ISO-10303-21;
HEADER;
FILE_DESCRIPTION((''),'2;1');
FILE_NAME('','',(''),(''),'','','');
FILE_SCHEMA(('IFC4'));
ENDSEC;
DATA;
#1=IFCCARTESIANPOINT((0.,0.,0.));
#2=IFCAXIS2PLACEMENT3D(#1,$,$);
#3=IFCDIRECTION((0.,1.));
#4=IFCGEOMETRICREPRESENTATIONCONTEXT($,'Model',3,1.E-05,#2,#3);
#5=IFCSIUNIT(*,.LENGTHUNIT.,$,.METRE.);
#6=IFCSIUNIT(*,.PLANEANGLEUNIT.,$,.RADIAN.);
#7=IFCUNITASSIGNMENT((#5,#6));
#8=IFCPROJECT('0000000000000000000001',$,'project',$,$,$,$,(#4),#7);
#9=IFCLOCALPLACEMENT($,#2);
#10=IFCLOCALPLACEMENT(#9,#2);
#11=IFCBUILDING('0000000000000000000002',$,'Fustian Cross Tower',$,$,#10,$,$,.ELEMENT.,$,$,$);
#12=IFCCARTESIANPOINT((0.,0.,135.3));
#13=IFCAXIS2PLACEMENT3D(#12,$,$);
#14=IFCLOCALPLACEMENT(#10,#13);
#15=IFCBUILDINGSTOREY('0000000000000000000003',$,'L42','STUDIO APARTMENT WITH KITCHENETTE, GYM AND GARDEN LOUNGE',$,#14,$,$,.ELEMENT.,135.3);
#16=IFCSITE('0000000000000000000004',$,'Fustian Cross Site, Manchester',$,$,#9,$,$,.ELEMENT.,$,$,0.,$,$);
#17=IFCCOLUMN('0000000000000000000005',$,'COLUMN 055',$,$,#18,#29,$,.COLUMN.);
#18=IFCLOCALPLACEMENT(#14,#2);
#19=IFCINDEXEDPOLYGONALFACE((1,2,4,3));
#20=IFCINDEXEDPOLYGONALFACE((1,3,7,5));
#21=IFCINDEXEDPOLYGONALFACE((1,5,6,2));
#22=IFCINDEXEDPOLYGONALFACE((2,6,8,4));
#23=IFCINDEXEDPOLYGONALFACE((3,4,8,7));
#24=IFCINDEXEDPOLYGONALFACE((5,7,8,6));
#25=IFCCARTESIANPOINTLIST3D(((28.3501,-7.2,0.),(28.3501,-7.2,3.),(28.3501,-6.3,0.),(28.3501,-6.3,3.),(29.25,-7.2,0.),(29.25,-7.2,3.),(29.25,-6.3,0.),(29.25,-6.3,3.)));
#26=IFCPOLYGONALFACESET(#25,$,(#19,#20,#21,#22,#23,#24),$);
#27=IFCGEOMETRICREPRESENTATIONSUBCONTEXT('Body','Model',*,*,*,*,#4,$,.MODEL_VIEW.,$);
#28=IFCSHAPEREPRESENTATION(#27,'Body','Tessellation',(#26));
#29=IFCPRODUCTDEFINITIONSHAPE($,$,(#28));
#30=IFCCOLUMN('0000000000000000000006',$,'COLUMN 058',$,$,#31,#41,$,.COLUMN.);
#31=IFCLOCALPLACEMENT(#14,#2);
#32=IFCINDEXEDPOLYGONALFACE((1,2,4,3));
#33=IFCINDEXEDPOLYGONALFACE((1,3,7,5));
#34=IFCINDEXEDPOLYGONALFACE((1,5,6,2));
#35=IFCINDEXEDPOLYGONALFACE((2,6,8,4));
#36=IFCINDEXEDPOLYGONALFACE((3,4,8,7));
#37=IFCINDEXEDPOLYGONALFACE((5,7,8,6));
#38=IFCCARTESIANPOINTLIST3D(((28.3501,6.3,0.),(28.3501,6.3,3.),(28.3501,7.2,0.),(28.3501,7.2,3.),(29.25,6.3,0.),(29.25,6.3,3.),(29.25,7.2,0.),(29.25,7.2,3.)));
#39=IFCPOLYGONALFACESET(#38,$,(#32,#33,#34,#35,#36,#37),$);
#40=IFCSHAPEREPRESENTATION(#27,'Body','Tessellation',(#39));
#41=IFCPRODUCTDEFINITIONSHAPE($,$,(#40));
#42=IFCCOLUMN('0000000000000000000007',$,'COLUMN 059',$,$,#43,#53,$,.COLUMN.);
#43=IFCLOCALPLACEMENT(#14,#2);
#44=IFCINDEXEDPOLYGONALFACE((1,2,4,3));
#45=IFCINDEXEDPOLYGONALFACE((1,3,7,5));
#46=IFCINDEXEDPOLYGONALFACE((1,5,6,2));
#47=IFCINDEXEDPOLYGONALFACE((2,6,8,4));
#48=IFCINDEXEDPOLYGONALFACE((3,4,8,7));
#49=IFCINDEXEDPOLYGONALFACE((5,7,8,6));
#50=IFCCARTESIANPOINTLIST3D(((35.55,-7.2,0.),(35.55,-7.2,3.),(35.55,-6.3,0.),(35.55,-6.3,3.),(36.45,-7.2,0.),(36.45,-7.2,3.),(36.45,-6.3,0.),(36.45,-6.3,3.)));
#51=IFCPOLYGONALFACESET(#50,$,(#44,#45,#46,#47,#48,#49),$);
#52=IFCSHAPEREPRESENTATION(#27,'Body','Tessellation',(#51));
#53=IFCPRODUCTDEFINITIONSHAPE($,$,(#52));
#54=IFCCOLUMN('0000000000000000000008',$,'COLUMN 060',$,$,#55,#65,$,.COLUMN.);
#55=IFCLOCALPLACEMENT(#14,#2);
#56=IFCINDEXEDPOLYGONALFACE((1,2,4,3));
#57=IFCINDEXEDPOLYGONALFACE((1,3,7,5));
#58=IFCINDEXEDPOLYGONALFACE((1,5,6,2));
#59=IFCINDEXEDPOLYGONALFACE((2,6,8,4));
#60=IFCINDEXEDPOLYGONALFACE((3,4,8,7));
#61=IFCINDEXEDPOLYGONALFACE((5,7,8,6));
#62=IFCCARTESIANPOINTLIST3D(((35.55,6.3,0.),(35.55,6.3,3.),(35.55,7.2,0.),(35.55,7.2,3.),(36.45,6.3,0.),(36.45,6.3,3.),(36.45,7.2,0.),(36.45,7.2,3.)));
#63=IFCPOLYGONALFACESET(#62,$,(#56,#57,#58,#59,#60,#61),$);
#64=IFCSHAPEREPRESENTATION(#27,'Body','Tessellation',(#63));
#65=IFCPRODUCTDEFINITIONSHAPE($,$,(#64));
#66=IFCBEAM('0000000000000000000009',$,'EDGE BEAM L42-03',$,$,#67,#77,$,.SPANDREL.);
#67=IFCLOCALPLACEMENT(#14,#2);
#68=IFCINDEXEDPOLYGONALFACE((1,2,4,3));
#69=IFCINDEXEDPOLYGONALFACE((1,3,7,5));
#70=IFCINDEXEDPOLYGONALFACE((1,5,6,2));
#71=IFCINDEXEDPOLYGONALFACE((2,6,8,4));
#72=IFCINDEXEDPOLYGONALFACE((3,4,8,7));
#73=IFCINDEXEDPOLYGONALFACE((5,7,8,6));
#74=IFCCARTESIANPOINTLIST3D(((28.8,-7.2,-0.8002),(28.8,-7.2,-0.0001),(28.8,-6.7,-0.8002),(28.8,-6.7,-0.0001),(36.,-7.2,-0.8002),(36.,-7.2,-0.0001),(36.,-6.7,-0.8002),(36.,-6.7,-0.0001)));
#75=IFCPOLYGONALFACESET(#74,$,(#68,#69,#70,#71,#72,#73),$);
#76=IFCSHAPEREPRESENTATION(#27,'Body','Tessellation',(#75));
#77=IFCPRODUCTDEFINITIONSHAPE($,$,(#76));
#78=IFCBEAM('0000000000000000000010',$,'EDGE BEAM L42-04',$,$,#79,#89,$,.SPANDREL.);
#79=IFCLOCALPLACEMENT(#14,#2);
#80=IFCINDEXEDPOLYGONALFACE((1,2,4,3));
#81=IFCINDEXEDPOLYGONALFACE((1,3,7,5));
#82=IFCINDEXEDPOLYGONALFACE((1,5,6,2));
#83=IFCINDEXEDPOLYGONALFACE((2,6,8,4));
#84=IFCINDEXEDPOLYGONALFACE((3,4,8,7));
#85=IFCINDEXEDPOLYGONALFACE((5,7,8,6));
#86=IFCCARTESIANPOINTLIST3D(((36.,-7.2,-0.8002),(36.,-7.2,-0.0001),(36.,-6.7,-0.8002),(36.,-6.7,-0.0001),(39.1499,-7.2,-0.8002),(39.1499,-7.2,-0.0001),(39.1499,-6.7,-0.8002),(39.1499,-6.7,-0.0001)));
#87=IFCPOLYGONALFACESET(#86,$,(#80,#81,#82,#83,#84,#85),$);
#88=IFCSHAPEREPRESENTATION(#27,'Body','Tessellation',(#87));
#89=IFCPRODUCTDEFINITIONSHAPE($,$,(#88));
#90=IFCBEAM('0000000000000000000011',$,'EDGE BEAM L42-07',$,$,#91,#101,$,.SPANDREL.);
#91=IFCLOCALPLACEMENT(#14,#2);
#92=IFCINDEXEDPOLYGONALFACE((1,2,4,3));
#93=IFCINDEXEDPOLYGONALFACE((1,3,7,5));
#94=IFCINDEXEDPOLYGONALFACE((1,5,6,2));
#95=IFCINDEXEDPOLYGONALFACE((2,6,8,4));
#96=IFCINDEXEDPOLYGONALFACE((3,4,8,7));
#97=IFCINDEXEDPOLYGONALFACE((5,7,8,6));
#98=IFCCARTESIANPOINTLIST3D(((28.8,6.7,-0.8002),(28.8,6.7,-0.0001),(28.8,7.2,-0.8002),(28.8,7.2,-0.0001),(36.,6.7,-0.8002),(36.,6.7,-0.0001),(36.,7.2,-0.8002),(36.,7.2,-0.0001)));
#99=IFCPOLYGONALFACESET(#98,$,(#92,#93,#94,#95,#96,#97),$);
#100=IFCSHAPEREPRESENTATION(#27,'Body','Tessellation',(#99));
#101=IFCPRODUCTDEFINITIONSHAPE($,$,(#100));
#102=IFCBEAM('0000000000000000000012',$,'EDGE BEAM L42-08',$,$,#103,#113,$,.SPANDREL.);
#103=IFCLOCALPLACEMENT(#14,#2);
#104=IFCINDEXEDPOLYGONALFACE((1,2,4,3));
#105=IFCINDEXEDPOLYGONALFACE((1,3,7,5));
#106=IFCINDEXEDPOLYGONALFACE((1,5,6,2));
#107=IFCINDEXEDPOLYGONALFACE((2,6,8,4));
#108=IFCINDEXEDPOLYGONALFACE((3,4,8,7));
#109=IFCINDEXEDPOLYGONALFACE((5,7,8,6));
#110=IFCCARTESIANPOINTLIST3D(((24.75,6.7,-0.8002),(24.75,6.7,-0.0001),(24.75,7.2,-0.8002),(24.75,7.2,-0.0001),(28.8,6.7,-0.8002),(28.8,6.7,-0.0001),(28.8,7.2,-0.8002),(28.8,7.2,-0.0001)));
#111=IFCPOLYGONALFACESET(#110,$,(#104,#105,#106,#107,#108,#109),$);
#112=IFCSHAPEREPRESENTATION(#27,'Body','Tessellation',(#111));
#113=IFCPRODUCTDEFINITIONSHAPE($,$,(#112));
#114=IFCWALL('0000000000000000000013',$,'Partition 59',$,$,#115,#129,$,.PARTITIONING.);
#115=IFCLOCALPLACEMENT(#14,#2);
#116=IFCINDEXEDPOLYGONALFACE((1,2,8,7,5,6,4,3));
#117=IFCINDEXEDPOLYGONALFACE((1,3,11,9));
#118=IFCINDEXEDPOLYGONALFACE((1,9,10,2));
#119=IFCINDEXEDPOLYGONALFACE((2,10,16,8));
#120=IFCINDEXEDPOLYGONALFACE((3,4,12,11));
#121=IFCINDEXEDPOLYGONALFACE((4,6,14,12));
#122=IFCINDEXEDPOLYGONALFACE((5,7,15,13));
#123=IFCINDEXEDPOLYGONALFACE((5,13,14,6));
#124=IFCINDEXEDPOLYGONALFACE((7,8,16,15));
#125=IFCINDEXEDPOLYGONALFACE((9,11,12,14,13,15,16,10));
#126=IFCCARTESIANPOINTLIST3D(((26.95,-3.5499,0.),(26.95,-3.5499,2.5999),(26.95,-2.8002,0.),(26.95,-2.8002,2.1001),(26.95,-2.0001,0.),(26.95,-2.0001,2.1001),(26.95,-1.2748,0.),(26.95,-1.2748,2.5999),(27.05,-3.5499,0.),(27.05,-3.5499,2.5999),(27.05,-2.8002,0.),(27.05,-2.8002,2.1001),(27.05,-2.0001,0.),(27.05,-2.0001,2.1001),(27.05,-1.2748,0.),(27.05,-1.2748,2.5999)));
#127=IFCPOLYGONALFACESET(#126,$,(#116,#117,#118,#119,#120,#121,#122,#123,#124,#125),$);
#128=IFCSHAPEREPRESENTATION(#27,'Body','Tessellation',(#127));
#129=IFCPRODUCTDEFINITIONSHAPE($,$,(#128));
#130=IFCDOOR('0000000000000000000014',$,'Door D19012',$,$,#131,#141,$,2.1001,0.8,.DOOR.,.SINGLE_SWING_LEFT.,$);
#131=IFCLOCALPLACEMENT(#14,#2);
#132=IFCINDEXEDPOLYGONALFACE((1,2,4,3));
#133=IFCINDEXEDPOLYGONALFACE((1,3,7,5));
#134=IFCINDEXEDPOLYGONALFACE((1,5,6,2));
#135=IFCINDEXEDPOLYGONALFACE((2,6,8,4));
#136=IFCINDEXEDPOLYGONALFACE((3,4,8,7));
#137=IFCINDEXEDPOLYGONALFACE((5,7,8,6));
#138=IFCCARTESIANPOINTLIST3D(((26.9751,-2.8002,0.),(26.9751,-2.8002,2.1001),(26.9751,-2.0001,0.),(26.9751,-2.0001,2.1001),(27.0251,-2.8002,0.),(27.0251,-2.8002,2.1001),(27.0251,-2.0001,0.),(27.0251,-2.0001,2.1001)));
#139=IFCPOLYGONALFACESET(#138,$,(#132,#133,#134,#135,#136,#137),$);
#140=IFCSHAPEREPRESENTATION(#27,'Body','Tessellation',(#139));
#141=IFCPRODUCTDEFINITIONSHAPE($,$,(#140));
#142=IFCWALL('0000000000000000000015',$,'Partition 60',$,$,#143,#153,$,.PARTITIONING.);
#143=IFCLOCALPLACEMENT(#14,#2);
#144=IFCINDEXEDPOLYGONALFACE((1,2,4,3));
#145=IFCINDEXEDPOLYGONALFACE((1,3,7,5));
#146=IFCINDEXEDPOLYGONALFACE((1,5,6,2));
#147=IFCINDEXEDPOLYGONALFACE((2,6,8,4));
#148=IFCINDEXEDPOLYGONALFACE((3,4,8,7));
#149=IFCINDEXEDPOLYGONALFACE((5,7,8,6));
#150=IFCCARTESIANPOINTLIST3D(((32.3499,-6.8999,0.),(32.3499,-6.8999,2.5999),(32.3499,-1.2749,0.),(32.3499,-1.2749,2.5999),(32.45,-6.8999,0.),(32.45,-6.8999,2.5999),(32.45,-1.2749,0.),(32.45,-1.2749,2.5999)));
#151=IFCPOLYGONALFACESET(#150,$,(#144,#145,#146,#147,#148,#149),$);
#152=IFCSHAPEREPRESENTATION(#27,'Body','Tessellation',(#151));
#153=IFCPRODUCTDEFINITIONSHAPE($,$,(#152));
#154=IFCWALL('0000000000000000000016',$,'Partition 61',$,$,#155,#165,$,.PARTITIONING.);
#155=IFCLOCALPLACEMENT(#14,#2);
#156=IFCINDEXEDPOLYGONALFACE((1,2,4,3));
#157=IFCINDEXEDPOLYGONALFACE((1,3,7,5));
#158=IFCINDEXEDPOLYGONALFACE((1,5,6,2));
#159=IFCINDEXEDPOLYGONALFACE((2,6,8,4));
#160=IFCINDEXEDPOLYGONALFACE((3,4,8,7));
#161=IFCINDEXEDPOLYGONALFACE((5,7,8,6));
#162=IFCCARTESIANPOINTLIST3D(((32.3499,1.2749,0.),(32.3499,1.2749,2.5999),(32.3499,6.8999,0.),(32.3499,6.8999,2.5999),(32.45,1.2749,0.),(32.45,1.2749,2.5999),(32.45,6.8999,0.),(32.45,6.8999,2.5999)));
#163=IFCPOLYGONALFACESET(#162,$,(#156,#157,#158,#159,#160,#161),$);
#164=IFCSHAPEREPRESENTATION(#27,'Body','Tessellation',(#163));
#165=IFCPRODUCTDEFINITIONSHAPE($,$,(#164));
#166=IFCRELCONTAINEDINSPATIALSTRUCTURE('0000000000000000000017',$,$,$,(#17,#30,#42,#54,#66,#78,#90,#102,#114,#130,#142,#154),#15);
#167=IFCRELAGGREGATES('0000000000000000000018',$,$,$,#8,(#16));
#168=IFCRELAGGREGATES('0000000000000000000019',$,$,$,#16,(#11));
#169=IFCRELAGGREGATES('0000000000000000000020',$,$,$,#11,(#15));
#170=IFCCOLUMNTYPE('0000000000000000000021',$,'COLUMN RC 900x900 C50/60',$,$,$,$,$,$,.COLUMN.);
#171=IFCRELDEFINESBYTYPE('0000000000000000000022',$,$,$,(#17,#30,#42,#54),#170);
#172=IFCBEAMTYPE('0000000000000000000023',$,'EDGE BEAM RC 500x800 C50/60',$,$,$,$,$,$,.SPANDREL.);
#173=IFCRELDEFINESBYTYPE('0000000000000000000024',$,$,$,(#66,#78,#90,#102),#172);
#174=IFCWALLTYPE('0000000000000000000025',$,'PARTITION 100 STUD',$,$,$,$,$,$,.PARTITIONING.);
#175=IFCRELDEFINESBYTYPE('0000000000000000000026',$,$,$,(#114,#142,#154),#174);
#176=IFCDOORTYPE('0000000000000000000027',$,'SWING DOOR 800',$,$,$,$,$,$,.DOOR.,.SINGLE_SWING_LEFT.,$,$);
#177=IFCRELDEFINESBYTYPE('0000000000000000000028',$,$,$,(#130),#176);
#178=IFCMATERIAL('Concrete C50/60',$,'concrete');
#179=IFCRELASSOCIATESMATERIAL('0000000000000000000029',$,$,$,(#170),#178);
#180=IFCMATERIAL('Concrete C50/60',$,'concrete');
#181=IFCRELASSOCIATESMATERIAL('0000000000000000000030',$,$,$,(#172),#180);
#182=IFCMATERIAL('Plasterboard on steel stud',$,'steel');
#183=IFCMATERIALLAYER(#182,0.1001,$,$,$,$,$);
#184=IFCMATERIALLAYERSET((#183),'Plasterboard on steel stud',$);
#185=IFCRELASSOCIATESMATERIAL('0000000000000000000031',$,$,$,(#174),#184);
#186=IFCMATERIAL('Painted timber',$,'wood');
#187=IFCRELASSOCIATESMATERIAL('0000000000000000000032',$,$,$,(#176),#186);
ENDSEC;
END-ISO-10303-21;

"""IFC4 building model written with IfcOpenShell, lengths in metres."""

from ifc_helpers import new_model, si_unit, direction, frame, frame_2d, origin, origin_2d, place, context, subcontext, project, spatial, rectangle, extrude, material, layer, layer_set, material_profile, profile_set, type_object, element, fill, save


model = new_model("IFC4")

# Units and contexts
model_context = context("Model", 3, precision=1e-05, world=origin(), true_north=direction((0.0, 1.0)))
body_context = subcontext(model_context, "Body", "Model", "MODEL_VIEW")
ifc_project = project(units=[si_unit("LENGTHUNIT", "METRE"), si_unit("PLANEANGLEUNIT", "RADIAN")], contexts=[model_context])

# Site, building, storey
site_placement = place(None, origin())
site = spatial("IfcSite", under=ifc_project, at=site_placement, Name="Fustian Cross Site, Manchester", CompositionType="ELEMENT", RefElevation=0.0)
building_placement = place(site_placement, origin())
building = spatial("IfcBuilding", under=site, at=building_placement, Name="Fustian Cross Tower", CompositionType="ELEMENT")
storey_placement = place(building_placement, frame((0.0, 0.0, 135.3)))
storey = spatial("IfcBuildingStorey", under=building, at=storey_placement, Name="L42", Description="STUDIO APARTMENT WITH KITCHENETTE, GYM AND GARDEN LOUNGE", CompositionType="ELEMENT", Elevation=135.3)

# Columns
ifc_material_1 = material(Name="Concrete C50/60", Category="concrete")
ifc_material_profile_1 = material_profile(ifc_material_1, rectangle(XDim=0.8999, YDim=0.8999, at=origin_2d()), Name="RC 900x900")
ifc_profile_set_1 = profile_set([ifc_material_profile_1], Name="Concrete C50/60")
column_type = type_object("IfcColumnType", Name="COLUMN RC 900x900 C50/60", PredefinedType="COLUMN", material=ifc_profile_set_1)
for number, where, z_axis, x_axis, name in (
    (1, (28.8, -6.75, 0.0), (0.0, 0.0, 1.0), (1.0, 0.0, 0.0), "COLUMN 055"),
    (2, (28.8, 6.75, 0.0), (0.0, 0.0, 1.0), (1.0, 0.0, 0.0), "COLUMN 058"),
    (3, (36.0, -6.75, 0.0), (0.0, 0.0, 1.0), (1.0, 0.0, 0.0), "COLUMN 059"),
    (4, (36.0, 6.75, 0.0), (0.0, 0.0, 1.0), (1.0, 0.0, 0.0), "COLUMN 060"),
):
    element("IfcColumn", number, at=place(storey_placement, frame(where, z_axis=z_axis, x_axis=x_axis)), inside=storey, type_object=column_type, Name=name, PredefinedType="COLUMN", context=body_context, shape_type="SweptSolid", body=[
        extrude(rectangle(XDim=0.8999, YDim=0.8999, at=origin_2d()), origin(), (0.0, 0.0, 1.0), 3.0),
    ])

# Beams
ifc_material_2 = material(Name="Concrete C50/60", Category="concrete")
ifc_material_profile_2 = material_profile(ifc_material_2, rectangle(XDim=0.5, YDim=0.8, at=origin_2d()), Name="RC 500x800")
ifc_profile_set_2 = profile_set([ifc_material_profile_2], Name="Concrete C50/60")
beam_type = type_object("IfcBeamType", Name="EDGE BEAM RC 500x800 C50/60", PredefinedType="SPANDREL", material=ifc_profile_set_2)
beam_1_placement = place(storey_placement, frame((28.8, -6.95, -0.4001), z_axis=(1.0, 0.0, 0.0), x_axis=(0.0, 1.0, 0.0)))
element("IfcBeam", 5, at=beam_1_placement, inside=storey, type_object=beam_type, Name="EDGE BEAM L42-03", PredefinedType="SPANDREL", context=body_context, shape_type="SweptSolid", body=[
    extrude(rectangle(XDim=0.5, YDim=0.8, at=origin_2d()), origin(), (0.0, 0.0, 1.0), 7.2),
])
beam_2_placement = place(storey_placement, frame((36.0, -6.95, -0.4001), z_axis=(1.0, 0.0, 0.0), x_axis=(0.0, 1.0, 0.0)))
element("IfcBeam", 6, at=beam_2_placement, inside=storey, type_object=beam_type, Name="EDGE BEAM L42-04", PredefinedType="SPANDREL", context=body_context, shape_type="SweptSolid", body=[
    extrude(rectangle(XDim=0.5, YDim=0.8, at=origin_2d()), origin(), (0.0, 0.0, 1.0), 3.1499),
])
beam_3_placement = place(storey_placement, frame((36.0, 6.95, -0.4001), z_axis=(-1.0, 0.0, 0.0), x_axis=(0.0, -1.0, 0.0)))
element("IfcBeam", 7, at=beam_3_placement, inside=storey, type_object=beam_type, Name="EDGE BEAM L42-07", PredefinedType="SPANDREL", context=body_context, shape_type="SweptSolid", body=[
    extrude(rectangle(XDim=0.5, YDim=0.8, at=origin_2d()), origin(), (0.0, 0.0, 1.0), 7.2),
])
beam_4_placement = place(storey_placement, frame((28.8, 6.95, -0.4001), z_axis=(-1.0, 0.0, 0.0), x_axis=(0.0, -1.0, 0.0)))
element("IfcBeam", 8, at=beam_4_placement, inside=storey, type_object=beam_type, Name="EDGE BEAM L42-08", PredefinedType="SPANDREL", context=body_context, shape_type="SweptSolid", body=[
    extrude(rectangle(XDim=0.5, YDim=0.8, at=origin_2d()), origin(), (0.0, 0.0, 1.0), 4.05),
])

# Wall, opening, door
ifc_material_3 = material(Name="Plasterboard on steel stud", Category="steel")
ifc_layer_1 = layer(ifc_material_3, 0.1001)
ifc_layer_set_1 = layer_set([ifc_layer_1], Name="Plasterboard on steel stud")
wall_type_1 = type_object("IfcWallType", Name="PARTITION 100 STUD", PredefinedType="PARTITIONING", material=ifc_layer_set_1)
wall_1_placement = place(storey_placement, frame((27.0, -3.55, 0.0), z_axis=(0.0, 0.0, 1.0), x_axis=(0.0, 1.0, 0.0)))
wall_1 = element("IfcWall", 9, at=wall_1_placement, inside=storey, type_object=wall_type_1, Name="Partition 59", PredefinedType="PARTITIONING", context=body_context, shape_type="SweptSolid", body=[
    extrude(rectangle(XDim=2.2751, YDim=0.1001, at=frame_2d((1.1377, 0.0))), origin(), (0.0, 0.0, 1.0), 2.5999),
])
opening_1_placement = place(wall_1_placement, frame((0.75, 0.0, 0.0)))
opening_1 = element("IfcOpeningElement", 10, at=opening_1_placement, cuts=wall_1, PredefinedType="OPENING", context=body_context, shape_type="SweptSolid", body=[
    extrude(rectangle(XDim=0.8, YDim=2.1001, at=frame_2d((0.3999, 1.05))), frame((0.0, 0.0601, 0.0), z_axis=(0.0, -1.0, 0.0), x_axis=(1.0, 0.0, 0.0)), (0.0, 0.0, 1.0), 0.1201),
])
ifc_material_4 = material(Name="Painted timber", Category="wood")
door_type_1 = type_object("IfcDoorType", Name="SWING DOOR 800", OperationType="SINGLE_SWING_LEFT", PredefinedType="DOOR", material=ifc_material_4)
door_1_placement = place(opening_1_placement, origin())
door_1 = element("IfcDoor", 11, at=door_1_placement, inside=storey, type_object=door_type_1, Name="Door D19012", OperationType="SINGLE_SWING_LEFT", OverallHeight=2.1001, OverallWidth=0.8, PredefinedType="DOOR", context=body_context, shape_type="SweptSolid", body=[
    extrude(rectangle(XDim=0.8, YDim=2.1001, at=frame_2d((0.3999, 1.05))), frame((0.0, 0.0249, 0.0), z_axis=(0.0, -1.0, 0.0), x_axis=(1.0, 0.0, 0.0)), (0.0, 0.0, 1.0), 0.05),
])
fill(opening_1, door_1)

# Walls
for number, where, z_axis, x_axis, name in (
    (12, (32.3999, -6.8999, 0.0), (0.0, 0.0, 1.0), (0.0, 1.0, 0.0), "Partition 60"),
    (13, (32.3999, 1.2749, 0.0), (0.0, 0.0, 1.0), (0.0, 1.0, 0.0), "Partition 61"),
):
    element("IfcWall", number, at=place(storey_placement, frame(where, z_axis=z_axis, x_axis=x_axis)), inside=storey, type_object=wall_type_1, Name=name, PredefinedType="PARTITIONING", context=body_context, shape_type="SweptSolid", body=[
        extrude(rectangle(XDim=5.625, YDim=0.1001, at=frame_2d((2.8125, 0.0))), origin(), (0.0, 0.0, 1.0), 2.5999),
    ])

save(model, "model.ifc")
